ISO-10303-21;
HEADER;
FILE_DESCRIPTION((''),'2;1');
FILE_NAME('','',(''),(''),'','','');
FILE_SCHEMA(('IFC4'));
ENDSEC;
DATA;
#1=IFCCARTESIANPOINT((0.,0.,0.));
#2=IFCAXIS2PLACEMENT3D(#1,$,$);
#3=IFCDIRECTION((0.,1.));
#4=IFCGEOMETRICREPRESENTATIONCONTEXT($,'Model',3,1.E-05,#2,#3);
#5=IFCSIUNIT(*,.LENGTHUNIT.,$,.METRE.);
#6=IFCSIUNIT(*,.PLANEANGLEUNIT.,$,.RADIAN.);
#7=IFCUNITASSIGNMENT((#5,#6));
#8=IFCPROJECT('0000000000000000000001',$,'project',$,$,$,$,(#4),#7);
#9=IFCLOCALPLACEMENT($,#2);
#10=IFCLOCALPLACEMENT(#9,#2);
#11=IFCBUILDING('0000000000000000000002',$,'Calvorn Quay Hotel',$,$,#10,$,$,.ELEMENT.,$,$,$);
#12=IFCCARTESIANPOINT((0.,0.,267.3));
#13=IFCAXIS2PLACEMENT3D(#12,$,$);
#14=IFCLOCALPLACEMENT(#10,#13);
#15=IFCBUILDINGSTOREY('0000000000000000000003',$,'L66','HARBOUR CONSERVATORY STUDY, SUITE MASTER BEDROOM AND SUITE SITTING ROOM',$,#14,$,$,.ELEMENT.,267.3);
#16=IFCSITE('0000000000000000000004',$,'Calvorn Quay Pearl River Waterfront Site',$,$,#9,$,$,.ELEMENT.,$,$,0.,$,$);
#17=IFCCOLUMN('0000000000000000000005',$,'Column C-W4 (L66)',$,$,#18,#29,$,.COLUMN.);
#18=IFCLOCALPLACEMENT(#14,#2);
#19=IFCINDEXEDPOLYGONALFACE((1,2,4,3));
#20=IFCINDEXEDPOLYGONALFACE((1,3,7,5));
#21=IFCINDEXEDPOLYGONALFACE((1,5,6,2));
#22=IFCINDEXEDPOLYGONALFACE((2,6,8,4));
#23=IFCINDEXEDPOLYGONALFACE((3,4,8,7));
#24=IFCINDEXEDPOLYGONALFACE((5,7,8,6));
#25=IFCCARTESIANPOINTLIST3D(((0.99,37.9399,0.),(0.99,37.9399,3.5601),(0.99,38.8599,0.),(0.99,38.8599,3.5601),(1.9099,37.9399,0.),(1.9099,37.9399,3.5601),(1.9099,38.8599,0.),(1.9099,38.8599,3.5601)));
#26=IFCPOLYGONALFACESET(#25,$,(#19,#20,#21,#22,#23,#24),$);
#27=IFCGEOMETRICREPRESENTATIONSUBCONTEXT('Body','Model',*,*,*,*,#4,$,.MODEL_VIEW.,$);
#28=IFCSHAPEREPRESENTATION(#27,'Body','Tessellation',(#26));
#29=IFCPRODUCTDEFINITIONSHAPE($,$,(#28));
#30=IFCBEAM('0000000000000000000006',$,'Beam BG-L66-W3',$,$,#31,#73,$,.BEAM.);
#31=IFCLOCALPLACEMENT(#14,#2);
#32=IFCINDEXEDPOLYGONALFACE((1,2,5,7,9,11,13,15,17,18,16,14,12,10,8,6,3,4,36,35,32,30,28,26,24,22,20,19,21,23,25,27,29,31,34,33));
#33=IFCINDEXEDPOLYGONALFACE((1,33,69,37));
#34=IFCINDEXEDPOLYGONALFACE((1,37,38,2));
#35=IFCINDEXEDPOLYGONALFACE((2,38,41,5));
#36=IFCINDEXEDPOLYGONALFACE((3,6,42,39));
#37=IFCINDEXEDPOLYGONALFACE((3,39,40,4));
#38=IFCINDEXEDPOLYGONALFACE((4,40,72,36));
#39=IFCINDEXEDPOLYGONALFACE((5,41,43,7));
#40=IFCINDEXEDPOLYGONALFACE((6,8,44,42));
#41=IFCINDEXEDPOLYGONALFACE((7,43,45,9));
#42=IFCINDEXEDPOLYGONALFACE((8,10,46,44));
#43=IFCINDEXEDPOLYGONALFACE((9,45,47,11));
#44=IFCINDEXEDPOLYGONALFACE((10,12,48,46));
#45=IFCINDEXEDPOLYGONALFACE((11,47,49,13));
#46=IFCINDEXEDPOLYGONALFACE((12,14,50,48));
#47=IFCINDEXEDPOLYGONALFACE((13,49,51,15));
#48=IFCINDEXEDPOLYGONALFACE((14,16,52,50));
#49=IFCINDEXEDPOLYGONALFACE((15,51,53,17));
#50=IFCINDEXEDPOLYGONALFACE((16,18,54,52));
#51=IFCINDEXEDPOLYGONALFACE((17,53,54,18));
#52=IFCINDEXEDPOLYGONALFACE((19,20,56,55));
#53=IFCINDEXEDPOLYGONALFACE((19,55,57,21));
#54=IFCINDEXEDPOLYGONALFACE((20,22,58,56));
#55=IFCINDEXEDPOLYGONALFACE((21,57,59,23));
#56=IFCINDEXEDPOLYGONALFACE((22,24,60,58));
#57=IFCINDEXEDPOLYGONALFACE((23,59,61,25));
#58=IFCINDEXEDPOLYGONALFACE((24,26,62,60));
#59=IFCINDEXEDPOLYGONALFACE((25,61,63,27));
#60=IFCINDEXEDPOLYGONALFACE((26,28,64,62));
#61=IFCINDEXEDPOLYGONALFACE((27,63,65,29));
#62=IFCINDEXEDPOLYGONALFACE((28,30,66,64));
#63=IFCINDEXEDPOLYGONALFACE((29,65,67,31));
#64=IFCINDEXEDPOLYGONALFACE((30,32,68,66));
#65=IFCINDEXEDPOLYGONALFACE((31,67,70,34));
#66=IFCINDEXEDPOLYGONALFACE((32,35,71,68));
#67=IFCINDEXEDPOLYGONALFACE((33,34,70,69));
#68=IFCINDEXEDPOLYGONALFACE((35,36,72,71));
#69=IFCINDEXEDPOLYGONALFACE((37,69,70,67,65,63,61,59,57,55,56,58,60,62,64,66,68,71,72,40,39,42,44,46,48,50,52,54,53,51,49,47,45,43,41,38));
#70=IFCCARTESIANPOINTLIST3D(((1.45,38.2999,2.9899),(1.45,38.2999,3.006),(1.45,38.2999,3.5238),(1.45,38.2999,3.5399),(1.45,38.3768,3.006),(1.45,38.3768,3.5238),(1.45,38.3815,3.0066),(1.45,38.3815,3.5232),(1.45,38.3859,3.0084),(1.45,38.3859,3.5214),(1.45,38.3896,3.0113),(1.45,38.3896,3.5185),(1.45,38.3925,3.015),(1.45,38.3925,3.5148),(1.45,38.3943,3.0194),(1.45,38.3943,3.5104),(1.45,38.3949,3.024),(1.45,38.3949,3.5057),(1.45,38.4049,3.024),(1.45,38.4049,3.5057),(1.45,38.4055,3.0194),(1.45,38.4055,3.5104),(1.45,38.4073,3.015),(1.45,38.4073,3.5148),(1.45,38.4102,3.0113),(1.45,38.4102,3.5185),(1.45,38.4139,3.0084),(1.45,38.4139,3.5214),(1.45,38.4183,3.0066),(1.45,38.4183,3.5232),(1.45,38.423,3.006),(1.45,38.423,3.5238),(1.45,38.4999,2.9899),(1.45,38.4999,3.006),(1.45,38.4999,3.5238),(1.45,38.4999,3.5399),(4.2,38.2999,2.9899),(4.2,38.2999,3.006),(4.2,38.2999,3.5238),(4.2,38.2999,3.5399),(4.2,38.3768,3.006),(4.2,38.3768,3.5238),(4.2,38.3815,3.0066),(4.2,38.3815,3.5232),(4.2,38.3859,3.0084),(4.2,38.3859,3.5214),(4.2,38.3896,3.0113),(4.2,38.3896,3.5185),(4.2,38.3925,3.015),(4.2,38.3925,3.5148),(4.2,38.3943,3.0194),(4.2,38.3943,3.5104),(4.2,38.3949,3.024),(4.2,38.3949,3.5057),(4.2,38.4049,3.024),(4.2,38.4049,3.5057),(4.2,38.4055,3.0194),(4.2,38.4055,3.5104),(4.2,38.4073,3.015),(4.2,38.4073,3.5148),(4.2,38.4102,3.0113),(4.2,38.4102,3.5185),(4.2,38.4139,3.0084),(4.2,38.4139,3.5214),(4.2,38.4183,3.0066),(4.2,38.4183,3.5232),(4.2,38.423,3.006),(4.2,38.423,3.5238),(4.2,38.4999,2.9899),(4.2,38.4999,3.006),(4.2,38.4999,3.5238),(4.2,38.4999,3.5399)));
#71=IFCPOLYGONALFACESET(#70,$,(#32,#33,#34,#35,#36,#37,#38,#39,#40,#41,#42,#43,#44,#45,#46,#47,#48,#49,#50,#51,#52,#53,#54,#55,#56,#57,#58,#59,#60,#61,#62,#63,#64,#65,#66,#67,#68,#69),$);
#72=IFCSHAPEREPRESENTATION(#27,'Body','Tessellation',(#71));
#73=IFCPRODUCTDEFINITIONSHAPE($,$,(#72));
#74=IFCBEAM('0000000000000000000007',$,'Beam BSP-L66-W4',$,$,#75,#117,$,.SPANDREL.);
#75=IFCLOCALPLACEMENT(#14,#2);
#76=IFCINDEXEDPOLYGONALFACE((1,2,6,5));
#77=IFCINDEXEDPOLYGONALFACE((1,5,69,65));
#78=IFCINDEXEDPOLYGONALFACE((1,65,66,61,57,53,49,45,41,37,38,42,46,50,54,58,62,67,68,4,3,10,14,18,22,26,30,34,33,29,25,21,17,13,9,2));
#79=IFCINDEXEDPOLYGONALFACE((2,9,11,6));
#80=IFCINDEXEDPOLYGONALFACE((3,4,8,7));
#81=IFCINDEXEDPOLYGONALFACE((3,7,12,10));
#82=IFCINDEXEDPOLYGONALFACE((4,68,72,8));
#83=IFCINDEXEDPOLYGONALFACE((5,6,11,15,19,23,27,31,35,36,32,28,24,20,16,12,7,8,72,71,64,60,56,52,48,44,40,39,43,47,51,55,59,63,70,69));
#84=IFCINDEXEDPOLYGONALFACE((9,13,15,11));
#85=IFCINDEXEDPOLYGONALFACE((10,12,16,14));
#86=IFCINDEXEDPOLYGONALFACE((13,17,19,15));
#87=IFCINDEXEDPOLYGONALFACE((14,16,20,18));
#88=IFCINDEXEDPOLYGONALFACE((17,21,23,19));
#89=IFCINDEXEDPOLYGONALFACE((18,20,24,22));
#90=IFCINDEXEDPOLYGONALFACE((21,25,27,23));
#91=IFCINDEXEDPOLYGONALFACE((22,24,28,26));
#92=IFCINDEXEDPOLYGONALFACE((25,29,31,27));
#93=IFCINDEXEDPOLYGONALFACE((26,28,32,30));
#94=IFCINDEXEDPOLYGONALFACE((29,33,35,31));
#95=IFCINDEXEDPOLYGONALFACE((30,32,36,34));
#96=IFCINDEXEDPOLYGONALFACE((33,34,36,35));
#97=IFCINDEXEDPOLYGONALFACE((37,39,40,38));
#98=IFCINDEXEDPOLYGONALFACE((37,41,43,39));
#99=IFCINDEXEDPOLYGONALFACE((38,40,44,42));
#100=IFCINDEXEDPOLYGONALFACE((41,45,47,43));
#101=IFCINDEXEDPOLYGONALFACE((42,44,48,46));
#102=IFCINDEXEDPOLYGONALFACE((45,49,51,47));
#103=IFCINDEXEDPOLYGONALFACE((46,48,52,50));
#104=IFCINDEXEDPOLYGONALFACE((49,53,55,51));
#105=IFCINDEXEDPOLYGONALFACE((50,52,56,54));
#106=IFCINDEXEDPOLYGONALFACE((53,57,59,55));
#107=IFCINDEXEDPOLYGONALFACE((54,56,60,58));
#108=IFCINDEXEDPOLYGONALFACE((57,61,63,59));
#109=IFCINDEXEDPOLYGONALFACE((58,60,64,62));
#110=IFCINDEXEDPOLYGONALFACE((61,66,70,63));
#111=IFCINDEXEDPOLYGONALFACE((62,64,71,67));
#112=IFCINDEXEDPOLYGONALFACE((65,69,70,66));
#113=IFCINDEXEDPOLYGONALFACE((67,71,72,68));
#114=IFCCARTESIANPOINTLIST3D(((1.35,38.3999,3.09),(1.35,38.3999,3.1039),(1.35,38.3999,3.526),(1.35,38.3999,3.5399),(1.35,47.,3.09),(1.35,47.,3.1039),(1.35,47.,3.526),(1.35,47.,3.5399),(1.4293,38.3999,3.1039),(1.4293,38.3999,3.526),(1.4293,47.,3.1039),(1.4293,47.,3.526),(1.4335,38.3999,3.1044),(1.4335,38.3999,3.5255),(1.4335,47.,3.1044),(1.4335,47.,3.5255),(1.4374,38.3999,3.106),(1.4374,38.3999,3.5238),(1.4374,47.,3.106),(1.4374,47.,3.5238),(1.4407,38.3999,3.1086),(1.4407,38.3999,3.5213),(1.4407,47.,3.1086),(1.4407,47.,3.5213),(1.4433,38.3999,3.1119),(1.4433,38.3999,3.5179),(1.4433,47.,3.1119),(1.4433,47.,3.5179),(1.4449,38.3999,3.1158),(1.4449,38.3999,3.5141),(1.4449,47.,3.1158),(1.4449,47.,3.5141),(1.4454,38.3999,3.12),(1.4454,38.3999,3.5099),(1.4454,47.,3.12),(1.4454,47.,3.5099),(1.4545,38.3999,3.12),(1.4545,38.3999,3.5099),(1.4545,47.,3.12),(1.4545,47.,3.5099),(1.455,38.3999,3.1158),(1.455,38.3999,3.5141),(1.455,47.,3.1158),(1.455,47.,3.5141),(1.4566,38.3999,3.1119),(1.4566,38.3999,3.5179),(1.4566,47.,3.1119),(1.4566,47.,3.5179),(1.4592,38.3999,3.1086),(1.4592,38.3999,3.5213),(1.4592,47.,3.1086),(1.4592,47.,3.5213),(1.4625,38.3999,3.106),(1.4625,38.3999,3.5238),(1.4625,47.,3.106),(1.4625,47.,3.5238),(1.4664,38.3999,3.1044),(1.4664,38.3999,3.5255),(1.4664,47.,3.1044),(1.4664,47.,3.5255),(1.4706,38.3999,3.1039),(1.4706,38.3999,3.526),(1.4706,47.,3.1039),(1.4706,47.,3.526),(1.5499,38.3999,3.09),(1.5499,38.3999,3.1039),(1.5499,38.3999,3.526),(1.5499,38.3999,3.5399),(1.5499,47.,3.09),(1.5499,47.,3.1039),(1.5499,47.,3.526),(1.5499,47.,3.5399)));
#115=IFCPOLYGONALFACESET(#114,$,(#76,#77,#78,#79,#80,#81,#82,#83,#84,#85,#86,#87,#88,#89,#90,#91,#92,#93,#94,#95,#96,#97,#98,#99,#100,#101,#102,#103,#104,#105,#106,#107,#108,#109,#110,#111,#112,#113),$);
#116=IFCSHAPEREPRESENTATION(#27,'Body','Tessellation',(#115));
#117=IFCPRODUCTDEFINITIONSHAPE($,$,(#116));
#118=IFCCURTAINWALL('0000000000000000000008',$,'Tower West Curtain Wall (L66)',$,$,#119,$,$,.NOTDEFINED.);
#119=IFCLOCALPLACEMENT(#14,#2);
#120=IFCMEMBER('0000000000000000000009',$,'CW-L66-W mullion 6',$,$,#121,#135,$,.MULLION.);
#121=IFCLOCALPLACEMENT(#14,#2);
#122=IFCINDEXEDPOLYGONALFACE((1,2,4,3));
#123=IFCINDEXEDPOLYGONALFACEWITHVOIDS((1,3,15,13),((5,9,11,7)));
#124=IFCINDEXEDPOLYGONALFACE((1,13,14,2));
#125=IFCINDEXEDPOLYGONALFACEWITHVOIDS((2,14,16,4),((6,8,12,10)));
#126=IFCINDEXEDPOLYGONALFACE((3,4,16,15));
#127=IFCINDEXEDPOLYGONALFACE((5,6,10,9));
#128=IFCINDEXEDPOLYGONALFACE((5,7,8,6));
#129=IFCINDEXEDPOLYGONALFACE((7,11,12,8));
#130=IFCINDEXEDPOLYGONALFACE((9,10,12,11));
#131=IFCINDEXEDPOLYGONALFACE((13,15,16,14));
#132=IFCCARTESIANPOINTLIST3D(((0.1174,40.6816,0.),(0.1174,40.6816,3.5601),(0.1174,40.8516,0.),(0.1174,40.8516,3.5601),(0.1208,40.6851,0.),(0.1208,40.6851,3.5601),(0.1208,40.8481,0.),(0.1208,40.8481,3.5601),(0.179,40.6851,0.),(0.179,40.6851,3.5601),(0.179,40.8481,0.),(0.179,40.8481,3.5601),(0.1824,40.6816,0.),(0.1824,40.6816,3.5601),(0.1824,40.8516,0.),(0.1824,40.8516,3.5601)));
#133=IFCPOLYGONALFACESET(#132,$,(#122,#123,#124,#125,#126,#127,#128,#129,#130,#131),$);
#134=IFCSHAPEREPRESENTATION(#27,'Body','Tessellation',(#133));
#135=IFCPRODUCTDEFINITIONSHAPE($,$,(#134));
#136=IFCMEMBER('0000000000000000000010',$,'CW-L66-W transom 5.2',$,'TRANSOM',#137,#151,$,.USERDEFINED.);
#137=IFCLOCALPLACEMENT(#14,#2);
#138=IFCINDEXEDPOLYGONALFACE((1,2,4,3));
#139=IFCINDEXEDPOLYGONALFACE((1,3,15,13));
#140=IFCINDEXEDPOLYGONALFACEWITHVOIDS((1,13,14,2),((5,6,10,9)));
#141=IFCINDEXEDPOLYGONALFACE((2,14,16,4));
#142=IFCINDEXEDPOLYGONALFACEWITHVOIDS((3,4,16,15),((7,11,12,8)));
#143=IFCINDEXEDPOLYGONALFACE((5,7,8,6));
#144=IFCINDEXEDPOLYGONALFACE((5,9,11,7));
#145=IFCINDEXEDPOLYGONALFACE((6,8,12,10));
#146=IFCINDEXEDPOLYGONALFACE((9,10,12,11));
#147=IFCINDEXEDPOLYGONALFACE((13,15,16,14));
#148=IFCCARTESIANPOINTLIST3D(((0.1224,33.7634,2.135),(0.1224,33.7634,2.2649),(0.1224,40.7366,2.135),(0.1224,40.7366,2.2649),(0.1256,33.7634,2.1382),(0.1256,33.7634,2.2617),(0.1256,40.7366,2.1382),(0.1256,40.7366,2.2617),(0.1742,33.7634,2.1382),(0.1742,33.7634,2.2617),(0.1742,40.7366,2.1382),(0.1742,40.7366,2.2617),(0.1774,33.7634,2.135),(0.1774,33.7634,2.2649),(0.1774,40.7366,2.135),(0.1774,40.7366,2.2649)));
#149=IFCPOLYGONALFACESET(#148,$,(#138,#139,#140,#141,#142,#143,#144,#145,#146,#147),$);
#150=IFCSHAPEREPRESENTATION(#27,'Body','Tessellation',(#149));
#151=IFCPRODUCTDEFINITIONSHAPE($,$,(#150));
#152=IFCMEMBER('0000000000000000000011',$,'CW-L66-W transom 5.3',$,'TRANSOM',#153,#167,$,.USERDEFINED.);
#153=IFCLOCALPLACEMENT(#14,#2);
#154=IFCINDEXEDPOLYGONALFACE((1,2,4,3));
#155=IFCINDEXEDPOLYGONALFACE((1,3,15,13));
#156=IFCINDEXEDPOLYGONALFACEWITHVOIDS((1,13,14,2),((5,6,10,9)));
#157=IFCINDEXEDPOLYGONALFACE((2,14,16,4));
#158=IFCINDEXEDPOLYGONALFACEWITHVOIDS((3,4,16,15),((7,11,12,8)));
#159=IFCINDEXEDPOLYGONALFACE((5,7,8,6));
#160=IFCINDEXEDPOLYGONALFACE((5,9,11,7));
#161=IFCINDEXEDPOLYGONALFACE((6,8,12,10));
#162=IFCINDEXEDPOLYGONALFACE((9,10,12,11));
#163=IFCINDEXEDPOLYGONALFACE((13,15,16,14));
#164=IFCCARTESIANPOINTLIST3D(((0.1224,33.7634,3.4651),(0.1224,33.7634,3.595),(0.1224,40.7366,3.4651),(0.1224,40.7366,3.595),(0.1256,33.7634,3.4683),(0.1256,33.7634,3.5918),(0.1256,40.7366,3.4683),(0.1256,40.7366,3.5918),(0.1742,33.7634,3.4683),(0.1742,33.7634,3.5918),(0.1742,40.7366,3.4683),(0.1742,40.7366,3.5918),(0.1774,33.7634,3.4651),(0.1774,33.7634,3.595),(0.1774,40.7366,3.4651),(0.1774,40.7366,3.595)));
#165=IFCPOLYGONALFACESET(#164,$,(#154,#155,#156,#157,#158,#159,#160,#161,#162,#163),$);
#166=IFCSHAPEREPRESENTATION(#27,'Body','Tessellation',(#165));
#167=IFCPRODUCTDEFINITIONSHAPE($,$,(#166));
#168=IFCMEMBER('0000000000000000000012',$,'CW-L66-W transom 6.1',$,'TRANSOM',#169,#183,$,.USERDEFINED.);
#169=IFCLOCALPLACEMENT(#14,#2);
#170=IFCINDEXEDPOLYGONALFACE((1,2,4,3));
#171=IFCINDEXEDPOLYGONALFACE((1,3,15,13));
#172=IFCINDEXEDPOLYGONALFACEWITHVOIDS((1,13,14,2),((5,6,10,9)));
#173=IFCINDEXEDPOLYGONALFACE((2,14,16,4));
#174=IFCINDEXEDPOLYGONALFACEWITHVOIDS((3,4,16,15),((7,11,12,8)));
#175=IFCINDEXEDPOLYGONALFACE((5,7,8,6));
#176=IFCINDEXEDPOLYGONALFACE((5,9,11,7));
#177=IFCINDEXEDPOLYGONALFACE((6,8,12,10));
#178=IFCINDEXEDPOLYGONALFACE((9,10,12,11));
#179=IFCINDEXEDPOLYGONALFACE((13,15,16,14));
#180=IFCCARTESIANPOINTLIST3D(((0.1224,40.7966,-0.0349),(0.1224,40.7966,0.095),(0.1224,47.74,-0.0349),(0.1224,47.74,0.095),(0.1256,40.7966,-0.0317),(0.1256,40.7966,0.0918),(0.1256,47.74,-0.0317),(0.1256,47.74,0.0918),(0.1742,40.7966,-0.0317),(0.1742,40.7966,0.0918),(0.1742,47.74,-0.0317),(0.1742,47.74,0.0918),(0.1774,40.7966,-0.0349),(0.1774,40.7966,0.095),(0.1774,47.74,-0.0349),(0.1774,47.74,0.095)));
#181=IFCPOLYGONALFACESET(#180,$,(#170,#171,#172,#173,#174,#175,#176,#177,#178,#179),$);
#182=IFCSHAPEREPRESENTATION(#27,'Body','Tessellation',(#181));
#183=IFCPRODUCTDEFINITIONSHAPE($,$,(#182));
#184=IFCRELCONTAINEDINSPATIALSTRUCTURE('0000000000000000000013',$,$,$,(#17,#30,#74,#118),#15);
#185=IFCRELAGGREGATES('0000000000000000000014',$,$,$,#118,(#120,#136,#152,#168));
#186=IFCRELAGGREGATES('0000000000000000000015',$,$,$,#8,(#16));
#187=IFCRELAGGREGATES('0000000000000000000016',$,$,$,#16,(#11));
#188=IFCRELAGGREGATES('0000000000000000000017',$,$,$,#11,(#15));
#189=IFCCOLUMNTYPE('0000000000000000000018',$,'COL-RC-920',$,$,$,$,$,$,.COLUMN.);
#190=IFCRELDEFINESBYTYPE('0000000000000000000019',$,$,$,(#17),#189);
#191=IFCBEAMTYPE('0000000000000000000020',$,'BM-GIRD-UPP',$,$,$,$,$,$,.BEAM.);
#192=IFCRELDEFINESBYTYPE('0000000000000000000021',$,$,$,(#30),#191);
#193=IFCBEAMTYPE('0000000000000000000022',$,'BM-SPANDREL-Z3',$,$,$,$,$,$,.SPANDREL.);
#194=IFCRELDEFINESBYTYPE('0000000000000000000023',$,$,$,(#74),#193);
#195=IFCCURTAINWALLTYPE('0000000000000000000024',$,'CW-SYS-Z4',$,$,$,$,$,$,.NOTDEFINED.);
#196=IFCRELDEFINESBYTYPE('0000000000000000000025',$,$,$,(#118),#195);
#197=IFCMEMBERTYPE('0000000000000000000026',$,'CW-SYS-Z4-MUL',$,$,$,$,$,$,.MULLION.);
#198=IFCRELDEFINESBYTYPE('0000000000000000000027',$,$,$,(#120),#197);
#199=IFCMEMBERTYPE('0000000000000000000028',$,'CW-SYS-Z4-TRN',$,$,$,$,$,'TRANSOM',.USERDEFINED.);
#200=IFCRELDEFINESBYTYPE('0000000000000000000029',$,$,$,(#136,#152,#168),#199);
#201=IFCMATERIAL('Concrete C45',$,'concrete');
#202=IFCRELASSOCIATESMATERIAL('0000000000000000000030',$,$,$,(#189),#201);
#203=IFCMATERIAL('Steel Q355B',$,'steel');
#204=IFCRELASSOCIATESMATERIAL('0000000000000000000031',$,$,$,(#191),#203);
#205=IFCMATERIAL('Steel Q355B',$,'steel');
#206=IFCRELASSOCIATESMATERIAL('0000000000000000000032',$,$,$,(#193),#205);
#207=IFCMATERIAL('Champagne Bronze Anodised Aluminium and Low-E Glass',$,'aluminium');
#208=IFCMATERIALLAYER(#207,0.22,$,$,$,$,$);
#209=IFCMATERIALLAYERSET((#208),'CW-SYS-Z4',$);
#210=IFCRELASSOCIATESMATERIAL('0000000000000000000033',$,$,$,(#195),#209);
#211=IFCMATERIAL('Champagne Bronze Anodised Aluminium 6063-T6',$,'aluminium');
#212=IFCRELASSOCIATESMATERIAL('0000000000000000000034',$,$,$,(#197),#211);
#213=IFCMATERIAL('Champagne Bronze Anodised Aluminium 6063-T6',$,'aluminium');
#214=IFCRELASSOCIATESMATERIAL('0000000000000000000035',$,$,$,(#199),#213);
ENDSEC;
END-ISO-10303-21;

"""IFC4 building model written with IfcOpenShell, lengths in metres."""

from ifc_helpers import new_model, si_unit, direction, frame, origin, origin_2d, place, context, subcontext, project, spatial, rectangle, hollow_rectangle, i_section, extrude, material, layer, layer_set, material_profile, profile_set, type_object, element, aggregate, save


model = new_model("IFC4")

# Units and contexts
model_context = context("Model", 3, precision=1e-05, world=origin(), true_north=direction((0.0, 1.0)))
body_context = subcontext(model_context, "Body", "Model", "MODEL_VIEW")
ifc_project = project(units=[si_unit("LENGTHUNIT", "METRE"), si_unit("PLANEANGLEUNIT", "RADIAN")], contexts=[model_context])

# Site, building, storey
site_placement = place(None, origin())
site = spatial("IfcSite", under=ifc_project, at=site_placement, Name="Calvorn Quay Pearl River Waterfront Site", CompositionType="ELEMENT", RefElevation=0.0)
building_placement = place(site_placement, origin())
building = spatial("IfcBuilding", under=site, at=building_placement, Name="Calvorn Quay Hotel", CompositionType="ELEMENT")
storey_placement = place(building_placement, frame((0.0, 0.0, 267.3)))
storey = spatial("IfcBuildingStorey", under=building, at=storey_placement, Name="L66", Description="HARBOUR CONSERVATORY STUDY, SUITE MASTER BEDROOM AND SUITE SITTING ROOM", CompositionType="ELEMENT", Elevation=267.3)

# Column
ifc_material_1 = material(Name="Concrete C45", Category="concrete")
ifc_material_profile_1 = material_profile(ifc_material_1, rectangle(XDim=0.9199, YDim=0.9199, at=origin_2d()), Name="RC920x920")
ifc_profile_set_1 = profile_set([ifc_material_profile_1], Name="Concrete C45")
column_type = type_object("IfcColumnType", Name="COL-RC-920", PredefinedType="COLUMN", material=ifc_profile_set_1)
column_placement = place(storey_placement, frame((1.45, 38.3999, 0.0), z_axis=(0.0, 0.0, 1.0), x_axis=(1.0, 0.0, 0.0)))
element("IfcColumn", 1, at=column_placement, inside=storey, type_object=column_type, Name="Column C-W4 (L66)", PredefinedType="COLUMN", context=body_context, shape_type="SweptSolid", body=[
    extrude(rectangle(XDim=0.9199, YDim=0.9199, at=origin_2d()), origin(), (0.0, 0.0, 1.0), 3.5601),
])

# Beams
ifc_material_2 = material(Name="Steel Q355B", Category="steel")
ifc_material_profile_2 = material_profile(ifc_material_2, i_section(OverallWidth=0.2, OverallDepth=0.55, WebThickness=0.01, FlangeThickness=0.0161, FilletRadius=0.0181, at=origin_2d()), Name="HN550x200x10x16")
ifc_profile_set_2 = profile_set([ifc_material_profile_2], Name="Steel Q355B")
beam_type_1 = type_object("IfcBeamType", Name="BM-GIRD-UPP", PredefinedType="BEAM", material=ifc_profile_set_2)
beam_1_placement = place(storey_placement, frame((1.45, 38.3999, 3.2649), z_axis=(1.0, 0.0, 0.0), x_axis=(0.0, 1.0, 0.0)))
element("IfcBeam", 2, at=beam_1_placement, inside=storey, type_object=beam_type_1, Name="Beam BG-L66-W3", PredefinedType="BEAM", context=body_context, shape_type="SweptSolid", body=[
    extrude(i_section(OverallWidth=0.2, OverallDepth=0.55, WebThickness=0.01, FlangeThickness=0.0161, FilletRadius=0.0181, at=origin_2d()), origin(), (0.0, 0.0, 1.0), 2.75),
])
ifc_material_3 = material(Name="Steel Q355B", Category="steel")
ifc_material_profile_3 = material_profile(ifc_material_3, i_section(OverallWidth=0.2, OverallDepth=0.45, WebThickness=0.009, FlangeThickness=0.0139, FilletRadius=0.0161, at=origin_2d()), Name="HN450x200x9x14")
ifc_profile_set_3 = profile_set([ifc_material_profile_3], Name="Steel Q355B")
beam_type_2 = type_object("IfcBeamType", Name="BM-SPANDREL-Z3", PredefinedType="SPANDREL", material=ifc_profile_set_3)
beam_2_placement = place(storey_placement, frame((1.45, 38.3999, 3.3149), z_axis=(0.0, 1.0, 0.0), x_axis=(-1.0, 0.0, 0.0)))
element("IfcBeam", 3, at=beam_2_placement, inside=storey, type_object=beam_type_2, Name="Beam BSP-L66-W4", PredefinedType="SPANDREL", context=body_context, shape_type="SweptSolid", body=[
    extrude(i_section(OverallWidth=0.2, OverallDepth=0.45, WebThickness=0.009, FlangeThickness=0.0139, FilletRadius=0.0161, at=origin_2d()), origin(), (0.0, 0.0, 1.0), 8.6001),
])

# Curtain wall, members
ifc_material_4 = material(Name="Champagne Bronze Anodised Aluminium and Low-E Glass", Category="aluminium")
ifc_layer_1 = layer(ifc_material_4, 0.22)
ifc_layer_set_1 = layer_set([ifc_layer_1], Name="CW-SYS-Z4")
curtain_wall_type = type_object("IfcCurtainWallType", Name="CW-SYS-Z4", PredefinedType="NOTDEFINED", material=ifc_layer_set_1)
curtain_wall_placement = place(storey_placement, origin())
curtain_wall = element("IfcCurtainWall", 4, at=curtain_wall_placement, inside=storey, type_object=curtain_wall_type, Name="Tower West Curtain Wall (L66)", PredefinedType="NOTDEFINED")
ifc_material_5 = material(Name="Champagne Bronze Anodised Aluminium 6063-T6", Category="aluminium")
ifc_material_profile_4 = material_profile(ifc_material_5, hollow_rectangle(XDim=0.0649, YDim=0.1699, WallThickness=0.0034, at=origin_2d()), Name="ALU-M170x65x3.5")
ifc_profile_set_4 = profile_set([ifc_material_profile_4], Name="Champagne Bronze Anodised Aluminium 6063-T6")
member_type_1 = type_object("IfcMemberType", Name="CW-SYS-Z4-MUL", PredefinedType="MULLION", material=ifc_profile_set_4)
member_1_placement = place(storey_placement, frame((0.1499, 40.7666, 0.0), z_axis=(0.0, 0.0, 1.0), x_axis=(-1.0, 0.0, 0.0)))
member_1 = element("IfcMember", 5, at=member_1_placement, type_object=member_type_1, Name="CW-L66-W mullion 6", PredefinedType="MULLION", context=body_context, shape_type="SweptSolid", body=[
    extrude(hollow_rectangle(XDim=0.0649, YDim=0.1699, WallThickness=0.0034, at=origin_2d()), origin(), (0.0, 0.0, 1.0), 3.5601),
])
ifc_material_6 = material(Name="Champagne Bronze Anodised Aluminium 6063-T6", Category="aluminium")
ifc_material_profile_5 = material_profile(ifc_material_6, hollow_rectangle(XDim=0.0549, YDim=0.1299, WallThickness=0.0032, at=origin_2d()), Name="ALU-T130x55x3.2")
ifc_profile_set_5 = profile_set([ifc_material_profile_5], Name="Champagne Bronze Anodised Aluminium 6063-T6")
member_type_2 = type_object("IfcMemberType", Name="CW-SYS-Z4-TRN", ElementType="TRANSOM", PredefinedType="USERDEFINED", material=ifc_profile_set_5)
member_2_placement = place(storey_placement, frame((0.1499, 33.7634, 2.2), z_axis=(0.0, 1.0, 0.0), x_axis=(-1.0, 0.0, 0.0)))
member_2 = element("IfcMember", 6, at=member_2_placement, type_object=member_type_2, Name="CW-L66-W transom 5.2", ObjectType="TRANSOM", PredefinedType="USERDEFINED", context=body_context, shape_type="SweptSolid", body=[
    extrude(hollow_rectangle(XDim=0.0549, YDim=0.1299, WallThickness=0.0032, at=origin_2d()), origin(), (0.0, 0.0, 1.0), 6.9731),
])
member_3_placement = place(storey_placement, frame((0.1499, 33.7634, 3.53), z_axis=(0.0, 1.0, 0.0), x_axis=(-1.0, 0.0, 0.0)))
member_3 = element("IfcMember", 7, at=member_3_placement, type_object=member_type_2, Name="CW-L66-W transom 5.3", ObjectType="TRANSOM", PredefinedType="USERDEFINED", context=body_context, shape_type="SweptSolid", body=[
    extrude(hollow_rectangle(XDim=0.0549, YDim=0.1299, WallThickness=0.0032, at=origin_2d()), origin(), (0.0, 0.0, 1.0), 6.9731),
])
member_4_placement = place(storey_placement, frame((0.1499, 40.7966, 0.03), z_axis=(0.0, 1.0, 0.0), x_axis=(-1.0, 0.0, 0.0)))
member_4 = element("IfcMember", 8, at=member_4_placement, type_object=member_type_2, Name="CW-L66-W transom 6.1", ObjectType="TRANSOM", PredefinedType="USERDEFINED", context=body_context, shape_type="SweptSolid", body=[
    extrude(hollow_rectangle(XDim=0.0549, YDim=0.1299, WallThickness=0.0032, at=origin_2d()), origin(), (0.0, 0.0, 1.0), 6.9434),
])
aggregate(curtain_wall, [member_1, member_2, member_3, member_4])

save(model, "model.ifc")
